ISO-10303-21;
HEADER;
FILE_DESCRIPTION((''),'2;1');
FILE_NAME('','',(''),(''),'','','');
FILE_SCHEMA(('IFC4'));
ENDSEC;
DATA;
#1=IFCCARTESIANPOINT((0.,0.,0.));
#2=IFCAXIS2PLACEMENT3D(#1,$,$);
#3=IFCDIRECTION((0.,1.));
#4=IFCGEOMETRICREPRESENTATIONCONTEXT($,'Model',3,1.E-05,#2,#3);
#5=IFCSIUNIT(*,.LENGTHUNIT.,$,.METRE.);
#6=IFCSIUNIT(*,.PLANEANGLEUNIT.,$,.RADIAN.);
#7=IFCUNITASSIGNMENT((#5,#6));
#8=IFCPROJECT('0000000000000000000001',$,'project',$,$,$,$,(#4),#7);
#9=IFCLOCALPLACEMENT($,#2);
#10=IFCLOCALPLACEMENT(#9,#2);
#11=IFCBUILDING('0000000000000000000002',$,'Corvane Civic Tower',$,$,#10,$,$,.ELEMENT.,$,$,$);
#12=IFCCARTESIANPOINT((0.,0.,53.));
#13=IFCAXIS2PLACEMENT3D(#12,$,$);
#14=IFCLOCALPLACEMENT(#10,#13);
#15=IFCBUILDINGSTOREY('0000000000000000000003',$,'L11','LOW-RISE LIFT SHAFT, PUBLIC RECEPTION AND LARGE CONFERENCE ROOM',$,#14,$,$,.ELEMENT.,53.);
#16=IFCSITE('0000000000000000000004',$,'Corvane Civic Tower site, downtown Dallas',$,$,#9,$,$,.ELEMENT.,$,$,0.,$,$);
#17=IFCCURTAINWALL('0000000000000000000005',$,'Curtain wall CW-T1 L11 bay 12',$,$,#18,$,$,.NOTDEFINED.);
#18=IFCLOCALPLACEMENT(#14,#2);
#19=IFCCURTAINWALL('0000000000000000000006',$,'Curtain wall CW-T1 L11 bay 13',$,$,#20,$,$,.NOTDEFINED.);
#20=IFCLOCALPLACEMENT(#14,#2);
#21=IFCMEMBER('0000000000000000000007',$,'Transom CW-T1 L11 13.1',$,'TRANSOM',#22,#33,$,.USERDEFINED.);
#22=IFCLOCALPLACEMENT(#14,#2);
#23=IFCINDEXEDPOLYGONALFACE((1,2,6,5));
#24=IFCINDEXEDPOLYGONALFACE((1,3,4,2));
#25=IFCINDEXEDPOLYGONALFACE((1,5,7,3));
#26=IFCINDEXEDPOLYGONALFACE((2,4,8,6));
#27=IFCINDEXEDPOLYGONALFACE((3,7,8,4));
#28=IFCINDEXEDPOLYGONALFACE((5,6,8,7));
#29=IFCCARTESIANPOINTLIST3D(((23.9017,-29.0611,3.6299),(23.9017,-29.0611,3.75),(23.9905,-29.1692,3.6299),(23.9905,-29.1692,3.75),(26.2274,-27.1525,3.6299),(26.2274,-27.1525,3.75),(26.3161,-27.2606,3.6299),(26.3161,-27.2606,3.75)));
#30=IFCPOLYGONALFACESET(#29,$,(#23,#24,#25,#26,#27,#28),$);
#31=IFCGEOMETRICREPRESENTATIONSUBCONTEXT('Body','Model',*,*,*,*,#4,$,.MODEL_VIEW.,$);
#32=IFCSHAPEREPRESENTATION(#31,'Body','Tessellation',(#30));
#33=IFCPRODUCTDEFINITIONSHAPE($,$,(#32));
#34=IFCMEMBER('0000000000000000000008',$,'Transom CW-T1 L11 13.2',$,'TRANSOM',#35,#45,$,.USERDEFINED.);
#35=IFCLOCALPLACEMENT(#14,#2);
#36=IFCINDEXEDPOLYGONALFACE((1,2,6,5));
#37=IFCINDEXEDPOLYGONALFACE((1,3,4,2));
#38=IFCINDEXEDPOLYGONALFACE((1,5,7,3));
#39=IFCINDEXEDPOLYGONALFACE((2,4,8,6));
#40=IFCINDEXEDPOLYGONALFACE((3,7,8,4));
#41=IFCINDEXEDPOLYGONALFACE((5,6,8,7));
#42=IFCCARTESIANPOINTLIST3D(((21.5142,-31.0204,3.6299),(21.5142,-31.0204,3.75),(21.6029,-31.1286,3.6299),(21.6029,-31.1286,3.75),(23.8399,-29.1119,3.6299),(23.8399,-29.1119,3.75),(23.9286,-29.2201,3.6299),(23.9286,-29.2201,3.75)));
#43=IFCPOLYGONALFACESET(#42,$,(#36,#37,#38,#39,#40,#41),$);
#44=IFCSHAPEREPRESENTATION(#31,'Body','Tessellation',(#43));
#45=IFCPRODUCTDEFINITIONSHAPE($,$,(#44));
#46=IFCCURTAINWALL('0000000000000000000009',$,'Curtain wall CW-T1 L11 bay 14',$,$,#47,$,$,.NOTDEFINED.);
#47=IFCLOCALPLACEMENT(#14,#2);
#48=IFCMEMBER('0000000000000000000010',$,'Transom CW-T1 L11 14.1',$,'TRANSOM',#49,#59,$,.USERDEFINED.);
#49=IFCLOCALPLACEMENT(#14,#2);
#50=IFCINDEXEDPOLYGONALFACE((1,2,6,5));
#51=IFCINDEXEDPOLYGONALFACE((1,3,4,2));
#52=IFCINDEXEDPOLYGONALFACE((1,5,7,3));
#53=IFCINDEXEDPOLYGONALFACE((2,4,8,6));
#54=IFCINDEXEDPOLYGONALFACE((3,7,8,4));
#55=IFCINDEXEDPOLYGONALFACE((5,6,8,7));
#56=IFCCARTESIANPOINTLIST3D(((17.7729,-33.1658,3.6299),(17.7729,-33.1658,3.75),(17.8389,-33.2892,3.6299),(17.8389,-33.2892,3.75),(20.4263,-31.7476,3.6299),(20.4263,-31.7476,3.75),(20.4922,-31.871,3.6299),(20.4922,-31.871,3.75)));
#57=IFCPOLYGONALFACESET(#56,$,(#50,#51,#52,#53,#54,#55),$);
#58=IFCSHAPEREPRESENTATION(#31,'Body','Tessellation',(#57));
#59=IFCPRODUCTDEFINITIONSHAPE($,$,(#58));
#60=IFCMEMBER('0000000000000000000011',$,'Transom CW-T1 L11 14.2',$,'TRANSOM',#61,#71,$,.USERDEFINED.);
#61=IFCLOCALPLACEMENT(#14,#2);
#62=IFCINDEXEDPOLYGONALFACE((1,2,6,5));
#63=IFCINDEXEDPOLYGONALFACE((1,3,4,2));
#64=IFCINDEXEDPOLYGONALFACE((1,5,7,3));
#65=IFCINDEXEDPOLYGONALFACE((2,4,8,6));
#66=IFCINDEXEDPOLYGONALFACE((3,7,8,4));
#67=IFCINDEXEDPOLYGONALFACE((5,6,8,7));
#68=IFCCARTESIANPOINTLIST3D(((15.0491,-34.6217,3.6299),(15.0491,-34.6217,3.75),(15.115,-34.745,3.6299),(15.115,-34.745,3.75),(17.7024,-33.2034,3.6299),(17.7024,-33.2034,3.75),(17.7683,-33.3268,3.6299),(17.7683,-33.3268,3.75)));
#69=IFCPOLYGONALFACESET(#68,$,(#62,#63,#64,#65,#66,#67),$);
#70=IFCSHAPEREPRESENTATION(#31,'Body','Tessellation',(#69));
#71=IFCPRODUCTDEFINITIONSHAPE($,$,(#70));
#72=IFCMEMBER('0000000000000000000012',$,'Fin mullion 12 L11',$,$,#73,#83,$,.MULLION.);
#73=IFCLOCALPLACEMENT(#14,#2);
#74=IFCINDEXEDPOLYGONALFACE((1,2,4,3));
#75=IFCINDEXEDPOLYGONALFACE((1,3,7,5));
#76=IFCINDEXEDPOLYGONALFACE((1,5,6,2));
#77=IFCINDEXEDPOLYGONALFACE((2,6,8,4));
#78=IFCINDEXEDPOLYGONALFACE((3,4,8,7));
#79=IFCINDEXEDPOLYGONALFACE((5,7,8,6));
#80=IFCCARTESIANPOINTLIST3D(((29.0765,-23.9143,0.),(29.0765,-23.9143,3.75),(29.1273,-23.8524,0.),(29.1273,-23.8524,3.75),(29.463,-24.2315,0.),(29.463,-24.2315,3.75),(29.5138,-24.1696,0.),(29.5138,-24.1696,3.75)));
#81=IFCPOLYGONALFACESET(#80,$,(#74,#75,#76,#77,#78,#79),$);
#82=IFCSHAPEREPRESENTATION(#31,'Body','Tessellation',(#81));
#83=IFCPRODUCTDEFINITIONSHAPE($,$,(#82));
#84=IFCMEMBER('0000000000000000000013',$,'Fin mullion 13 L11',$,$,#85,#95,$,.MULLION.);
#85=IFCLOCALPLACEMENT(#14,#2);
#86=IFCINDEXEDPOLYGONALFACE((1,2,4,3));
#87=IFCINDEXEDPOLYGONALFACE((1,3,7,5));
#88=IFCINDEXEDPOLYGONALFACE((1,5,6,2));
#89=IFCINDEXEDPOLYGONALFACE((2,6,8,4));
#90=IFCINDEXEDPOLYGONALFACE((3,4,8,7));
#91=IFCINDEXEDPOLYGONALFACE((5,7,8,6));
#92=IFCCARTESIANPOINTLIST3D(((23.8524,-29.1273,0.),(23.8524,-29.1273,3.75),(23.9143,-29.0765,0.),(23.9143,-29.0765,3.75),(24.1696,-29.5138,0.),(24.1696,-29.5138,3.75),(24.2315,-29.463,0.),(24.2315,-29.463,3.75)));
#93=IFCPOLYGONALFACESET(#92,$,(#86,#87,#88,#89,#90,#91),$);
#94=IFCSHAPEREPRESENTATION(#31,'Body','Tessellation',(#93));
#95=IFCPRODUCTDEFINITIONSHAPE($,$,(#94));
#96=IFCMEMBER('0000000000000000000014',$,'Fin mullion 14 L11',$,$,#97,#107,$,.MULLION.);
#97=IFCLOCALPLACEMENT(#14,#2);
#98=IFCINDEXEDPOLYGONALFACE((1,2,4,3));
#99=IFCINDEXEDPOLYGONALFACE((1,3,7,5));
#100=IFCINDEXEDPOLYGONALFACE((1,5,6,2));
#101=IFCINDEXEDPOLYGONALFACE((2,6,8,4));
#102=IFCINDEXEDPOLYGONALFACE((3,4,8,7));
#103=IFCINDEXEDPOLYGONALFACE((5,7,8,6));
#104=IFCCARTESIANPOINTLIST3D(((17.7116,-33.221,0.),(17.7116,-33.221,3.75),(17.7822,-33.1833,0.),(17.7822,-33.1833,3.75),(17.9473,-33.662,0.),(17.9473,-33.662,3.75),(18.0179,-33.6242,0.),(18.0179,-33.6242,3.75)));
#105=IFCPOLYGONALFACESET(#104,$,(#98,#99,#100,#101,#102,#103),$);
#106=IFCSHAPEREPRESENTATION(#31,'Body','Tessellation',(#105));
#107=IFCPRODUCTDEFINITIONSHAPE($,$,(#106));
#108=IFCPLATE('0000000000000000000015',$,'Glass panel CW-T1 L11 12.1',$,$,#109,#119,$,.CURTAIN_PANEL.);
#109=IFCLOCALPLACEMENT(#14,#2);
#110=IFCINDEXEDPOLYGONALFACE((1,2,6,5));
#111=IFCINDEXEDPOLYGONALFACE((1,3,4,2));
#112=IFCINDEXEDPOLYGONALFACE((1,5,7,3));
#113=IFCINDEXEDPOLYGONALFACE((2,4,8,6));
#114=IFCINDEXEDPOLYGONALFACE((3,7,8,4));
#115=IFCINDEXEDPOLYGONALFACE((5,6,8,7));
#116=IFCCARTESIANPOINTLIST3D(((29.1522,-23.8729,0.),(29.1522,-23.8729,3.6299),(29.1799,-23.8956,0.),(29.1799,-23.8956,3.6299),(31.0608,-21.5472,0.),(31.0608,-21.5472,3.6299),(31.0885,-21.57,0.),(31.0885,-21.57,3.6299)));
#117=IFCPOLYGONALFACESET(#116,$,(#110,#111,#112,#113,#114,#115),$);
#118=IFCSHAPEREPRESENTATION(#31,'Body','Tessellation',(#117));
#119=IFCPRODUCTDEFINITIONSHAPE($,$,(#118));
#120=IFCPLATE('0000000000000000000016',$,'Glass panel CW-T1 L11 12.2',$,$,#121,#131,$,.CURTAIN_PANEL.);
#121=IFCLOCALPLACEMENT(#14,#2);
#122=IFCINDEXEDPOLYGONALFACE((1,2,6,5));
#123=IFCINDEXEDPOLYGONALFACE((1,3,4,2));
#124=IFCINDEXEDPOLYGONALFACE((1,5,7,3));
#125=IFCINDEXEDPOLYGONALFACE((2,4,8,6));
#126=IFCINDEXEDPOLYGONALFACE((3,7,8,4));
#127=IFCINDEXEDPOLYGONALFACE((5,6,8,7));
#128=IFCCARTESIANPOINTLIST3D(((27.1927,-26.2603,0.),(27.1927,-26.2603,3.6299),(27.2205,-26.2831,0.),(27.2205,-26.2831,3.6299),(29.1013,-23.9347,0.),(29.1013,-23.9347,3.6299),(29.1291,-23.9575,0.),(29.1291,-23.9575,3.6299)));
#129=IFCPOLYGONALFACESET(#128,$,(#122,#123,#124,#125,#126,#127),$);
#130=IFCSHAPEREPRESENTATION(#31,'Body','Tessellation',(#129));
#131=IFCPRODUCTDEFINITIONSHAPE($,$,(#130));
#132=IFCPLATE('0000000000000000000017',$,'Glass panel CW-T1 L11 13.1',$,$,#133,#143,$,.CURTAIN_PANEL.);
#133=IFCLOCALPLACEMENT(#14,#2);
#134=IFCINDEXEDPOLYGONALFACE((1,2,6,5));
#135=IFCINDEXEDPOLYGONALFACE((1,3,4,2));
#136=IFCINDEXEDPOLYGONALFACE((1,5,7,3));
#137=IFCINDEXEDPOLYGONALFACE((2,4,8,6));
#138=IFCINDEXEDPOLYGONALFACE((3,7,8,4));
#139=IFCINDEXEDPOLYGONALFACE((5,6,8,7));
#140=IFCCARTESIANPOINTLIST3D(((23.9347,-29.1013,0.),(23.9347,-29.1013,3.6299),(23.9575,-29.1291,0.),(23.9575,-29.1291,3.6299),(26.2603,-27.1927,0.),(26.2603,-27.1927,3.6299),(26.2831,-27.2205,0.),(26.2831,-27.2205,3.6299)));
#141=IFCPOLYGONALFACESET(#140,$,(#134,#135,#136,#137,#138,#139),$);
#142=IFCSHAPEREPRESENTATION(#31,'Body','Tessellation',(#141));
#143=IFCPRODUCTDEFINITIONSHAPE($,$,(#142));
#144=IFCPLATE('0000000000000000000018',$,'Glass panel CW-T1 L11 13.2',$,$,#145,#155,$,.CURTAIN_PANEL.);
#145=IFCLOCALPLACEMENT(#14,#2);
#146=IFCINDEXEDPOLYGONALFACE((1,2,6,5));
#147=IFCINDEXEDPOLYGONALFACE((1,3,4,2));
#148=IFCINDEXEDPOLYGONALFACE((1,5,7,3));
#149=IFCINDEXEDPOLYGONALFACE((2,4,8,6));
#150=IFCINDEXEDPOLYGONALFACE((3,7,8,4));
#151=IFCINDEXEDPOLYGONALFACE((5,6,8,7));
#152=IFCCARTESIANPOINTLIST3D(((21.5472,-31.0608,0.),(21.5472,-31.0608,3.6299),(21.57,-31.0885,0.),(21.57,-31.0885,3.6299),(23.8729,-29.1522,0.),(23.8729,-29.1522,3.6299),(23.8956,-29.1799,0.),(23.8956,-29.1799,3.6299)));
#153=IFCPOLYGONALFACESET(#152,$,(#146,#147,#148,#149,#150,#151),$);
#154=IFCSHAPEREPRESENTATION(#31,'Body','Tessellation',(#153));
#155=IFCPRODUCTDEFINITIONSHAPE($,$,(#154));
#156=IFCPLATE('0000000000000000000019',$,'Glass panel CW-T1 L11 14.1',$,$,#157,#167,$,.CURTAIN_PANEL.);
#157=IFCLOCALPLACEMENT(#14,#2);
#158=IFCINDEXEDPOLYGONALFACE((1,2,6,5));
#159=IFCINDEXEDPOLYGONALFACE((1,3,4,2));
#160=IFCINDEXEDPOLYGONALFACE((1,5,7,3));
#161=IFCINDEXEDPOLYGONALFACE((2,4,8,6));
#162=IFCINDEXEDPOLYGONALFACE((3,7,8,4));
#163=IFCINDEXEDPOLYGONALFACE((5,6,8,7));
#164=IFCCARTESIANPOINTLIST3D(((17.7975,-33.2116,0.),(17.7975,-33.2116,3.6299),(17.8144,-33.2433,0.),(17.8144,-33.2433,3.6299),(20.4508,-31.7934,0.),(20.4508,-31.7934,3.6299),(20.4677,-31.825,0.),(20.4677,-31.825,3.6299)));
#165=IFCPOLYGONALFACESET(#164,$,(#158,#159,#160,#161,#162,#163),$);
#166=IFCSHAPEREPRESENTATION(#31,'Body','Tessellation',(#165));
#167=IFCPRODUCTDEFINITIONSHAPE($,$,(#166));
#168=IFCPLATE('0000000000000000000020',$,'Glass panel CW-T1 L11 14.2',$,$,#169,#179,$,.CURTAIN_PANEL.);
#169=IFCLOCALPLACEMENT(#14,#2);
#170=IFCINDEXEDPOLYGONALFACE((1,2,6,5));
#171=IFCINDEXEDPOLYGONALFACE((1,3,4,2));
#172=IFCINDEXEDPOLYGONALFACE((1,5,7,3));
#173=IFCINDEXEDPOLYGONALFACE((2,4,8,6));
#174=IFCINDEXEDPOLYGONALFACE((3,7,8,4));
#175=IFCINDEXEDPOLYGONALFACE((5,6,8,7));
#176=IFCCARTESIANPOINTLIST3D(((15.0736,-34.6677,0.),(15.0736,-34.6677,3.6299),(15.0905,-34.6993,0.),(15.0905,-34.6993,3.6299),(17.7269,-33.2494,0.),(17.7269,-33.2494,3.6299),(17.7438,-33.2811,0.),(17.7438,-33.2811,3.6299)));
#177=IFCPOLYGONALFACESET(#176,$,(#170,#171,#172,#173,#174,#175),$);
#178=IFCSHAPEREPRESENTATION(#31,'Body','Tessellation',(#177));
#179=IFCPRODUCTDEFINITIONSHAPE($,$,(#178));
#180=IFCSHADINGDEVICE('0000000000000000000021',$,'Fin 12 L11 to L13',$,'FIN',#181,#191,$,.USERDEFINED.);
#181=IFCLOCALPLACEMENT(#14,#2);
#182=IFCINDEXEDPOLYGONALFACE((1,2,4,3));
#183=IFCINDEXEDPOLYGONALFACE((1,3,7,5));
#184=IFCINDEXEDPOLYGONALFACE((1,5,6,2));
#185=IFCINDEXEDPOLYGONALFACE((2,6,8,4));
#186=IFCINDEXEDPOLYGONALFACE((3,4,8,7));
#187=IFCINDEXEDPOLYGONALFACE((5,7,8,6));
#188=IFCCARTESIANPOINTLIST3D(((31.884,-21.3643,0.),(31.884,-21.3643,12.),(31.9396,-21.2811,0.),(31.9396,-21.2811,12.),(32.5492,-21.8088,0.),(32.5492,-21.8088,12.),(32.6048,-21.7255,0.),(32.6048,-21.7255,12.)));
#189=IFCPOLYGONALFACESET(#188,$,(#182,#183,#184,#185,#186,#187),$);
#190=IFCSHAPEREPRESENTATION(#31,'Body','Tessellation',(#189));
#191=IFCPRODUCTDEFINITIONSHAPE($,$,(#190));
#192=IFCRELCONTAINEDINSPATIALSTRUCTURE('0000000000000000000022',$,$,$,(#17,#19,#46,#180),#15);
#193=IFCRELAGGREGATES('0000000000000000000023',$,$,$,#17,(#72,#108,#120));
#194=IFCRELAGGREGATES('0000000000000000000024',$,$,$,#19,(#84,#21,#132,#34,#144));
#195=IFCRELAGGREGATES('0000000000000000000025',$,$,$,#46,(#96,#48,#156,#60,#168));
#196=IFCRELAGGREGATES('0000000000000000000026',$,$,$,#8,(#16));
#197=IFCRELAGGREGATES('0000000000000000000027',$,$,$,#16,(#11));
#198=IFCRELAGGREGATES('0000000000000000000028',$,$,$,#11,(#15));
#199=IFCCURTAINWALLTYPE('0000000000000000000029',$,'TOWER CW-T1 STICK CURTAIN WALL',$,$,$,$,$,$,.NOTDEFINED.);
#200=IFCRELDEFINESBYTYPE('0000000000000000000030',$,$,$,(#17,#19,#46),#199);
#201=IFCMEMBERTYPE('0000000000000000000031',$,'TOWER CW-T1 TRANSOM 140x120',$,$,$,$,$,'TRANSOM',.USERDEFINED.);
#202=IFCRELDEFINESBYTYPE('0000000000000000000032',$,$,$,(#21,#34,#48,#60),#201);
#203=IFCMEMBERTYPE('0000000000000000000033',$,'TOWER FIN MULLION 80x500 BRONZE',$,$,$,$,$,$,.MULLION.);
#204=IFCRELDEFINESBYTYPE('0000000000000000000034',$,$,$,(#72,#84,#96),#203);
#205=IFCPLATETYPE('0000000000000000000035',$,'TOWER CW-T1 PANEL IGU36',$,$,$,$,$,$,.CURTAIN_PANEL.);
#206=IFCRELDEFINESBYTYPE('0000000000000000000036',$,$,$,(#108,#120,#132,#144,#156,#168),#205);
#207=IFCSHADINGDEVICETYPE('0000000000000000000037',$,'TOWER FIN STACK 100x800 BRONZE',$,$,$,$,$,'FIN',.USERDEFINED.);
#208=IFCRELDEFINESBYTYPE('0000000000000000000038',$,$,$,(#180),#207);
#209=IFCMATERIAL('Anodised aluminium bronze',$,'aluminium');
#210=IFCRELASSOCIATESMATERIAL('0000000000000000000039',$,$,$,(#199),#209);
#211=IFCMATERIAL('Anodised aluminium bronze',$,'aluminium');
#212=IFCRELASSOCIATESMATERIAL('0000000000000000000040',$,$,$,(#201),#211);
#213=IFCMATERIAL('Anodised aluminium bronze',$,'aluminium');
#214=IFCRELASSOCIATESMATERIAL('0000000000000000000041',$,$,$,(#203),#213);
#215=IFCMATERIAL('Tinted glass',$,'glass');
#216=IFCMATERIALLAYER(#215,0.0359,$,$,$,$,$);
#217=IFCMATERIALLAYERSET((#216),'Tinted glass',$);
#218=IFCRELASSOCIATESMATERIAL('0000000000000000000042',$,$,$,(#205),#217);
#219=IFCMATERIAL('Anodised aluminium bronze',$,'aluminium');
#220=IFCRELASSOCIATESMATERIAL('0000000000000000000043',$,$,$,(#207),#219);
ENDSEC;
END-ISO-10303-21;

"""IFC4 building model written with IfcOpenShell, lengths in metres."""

from ifc_helpers import new_model, si_unit, direction, frame, origin, origin_2d, place, context, subcontext, project, spatial, rectangle, extrude, material, layer, layer_set, material_profile, profile_set, type_object, element, aggregate, save


model = new_model("IFC4")

# Units and contexts
model_context = context("Model", 3, precision=1e-05, world=origin(), true_north=direction((0.0, 1.0)))
body_context = subcontext(model_context, "Body", "Model", "MODEL_VIEW")
ifc_project = project(units=[si_unit("LENGTHUNIT", "METRE"), si_unit("PLANEANGLEUNIT", "RADIAN")], contexts=[model_context])

# Site, building, storey
site_placement = place(None, origin())
site = spatial("IfcSite", under=ifc_project, at=site_placement, Name="Corvane Civic Tower site, downtown Dallas", CompositionType="ELEMENT", RefElevation=0.0)
building_placement = place(site_placement, origin())
building = spatial("IfcBuilding", under=site, at=building_placement, Name="Corvane Civic Tower", CompositionType="ELEMENT")
storey_placement = place(building_placement, frame((0.0, 0.0, 53.0)))
storey = spatial("IfcBuildingStorey", under=building, at=storey_placement, Name="L11", Description="LOW-RISE LIFT SHAFT, PUBLIC RECEPTION AND LARGE CONFERENCE ROOM", CompositionType="ELEMENT", Elevation=53.0)

# Curtain walls, members
ifc_material_1 = material(Name="Anodised aluminium bronze", Category="aluminium")
curtain_wall_type = type_object("IfcCurtainWallType", Name="TOWER CW-T1 STICK CURTAIN WALL", PredefinedType="NOTDEFINED", material=ifc_material_1)
curtain_wall_1_placement = place(storey_placement, origin())
curtain_wall_1 = element("IfcCurtainWall", 1, at=curtain_wall_1_placement, inside=storey, type_object=curtain_wall_type, Name="Curtain wall CW-T1 L11 bay 12", PredefinedType="NOTDEFINED")
ifc_material_2 = material(Name="Anodised aluminium bronze", Category="aluminium")
ifc_material_profile_1 = material_profile(ifc_material_2, rectangle(XDim=0.1399, YDim=0.1201, at=origin_2d()), Name="TOWER CW-T1 TRANSOM 140x120")
ifc_profile_set_1 = profile_set([ifc_material_profile_1], Name="Anodised aluminium bronze")
member_type_1 = type_object("IfcMemberType", Name="TOWER CW-T1 TRANSOM 140x120", ElementType="TRANSOM", PredefinedType="USERDEFINED", material=ifc_profile_set_1)
curtain_wall_2_placement = place(storey_placement, origin())
curtain_wall_2 = element("IfcCurtainWall", 2, at=curtain_wall_2_placement, inside=storey, type_object=curtain_wall_type, Name="Curtain wall CW-T1 L11 bay 13", PredefinedType="NOTDEFINED")
member_1_placement = place(storey_placement, frame((26.2717, -27.2065, 3.6899), z_axis=(-0.773002, -0.634404, 0.0), x_axis=(0.634404, -0.773002, 0.0)))
member_1 = element("IfcMember", 3, at=member_1_placement, type_object=member_type_1, Name="Transom CW-T1 L11 13.1", ObjectType="TRANSOM", PredefinedType="USERDEFINED", context=body_context, shape_type="SweptSolid", body=[
    extrude(rectangle(XDim=0.1399, YDim=0.1201, at=origin_2d()), origin(), (0.0, 0.0, 1.0), 3.0085),
])
member_2_placement = place(storey_placement, frame((23.8843, -29.166, 3.6899), z_axis=(-0.773042, -0.634355, 0.0), x_axis=(0.634355, -0.773042, 0.0)))
member_2 = element("IfcMember", 4, at=member_2_placement, type_object=member_type_1, Name="Transom CW-T1 L11 13.2", ObjectType="TRANSOM", PredefinedType="USERDEFINED", context=body_context, shape_type="SweptSolid", body=[
    extrude(rectangle(XDim=0.1399, YDim=0.1201, at=origin_2d()), origin(), (0.0, 0.0, 1.0), 3.0085),
])
curtain_wall_3_placement = place(storey_placement, origin())
curtain_wall_3 = element("IfcCurtainWall", 5, at=curtain_wall_3_placement, inside=storey, type_object=curtain_wall_type, Name="Curtain wall CW-T1 L11 bay 14", PredefinedType="NOTDEFINED")
member_3_placement = place(storey_placement, frame((20.4592, -31.8093, 3.6899), z_axis=(-0.881924, -0.471393, 0.0), x_axis=(0.471393, -0.881924, 0.0)))
member_3 = element("IfcMember", 6, at=member_3_placement, type_object=member_type_1, Name="Transom CW-T1 L11 14.1", ObjectType="TRANSOM", PredefinedType="USERDEFINED", context=body_context, shape_type="SweptSolid", body=[
    extrude(rectangle(XDim=0.1399, YDim=0.1201, at=origin_2d()), origin(), (0.0, 0.0, 1.0), 3.0085),
])
member_4_placement = place(storey_placement, frame((17.7354, -33.2651, 3.6899), z_axis=(-0.881924, -0.471393, 0.0), x_axis=(0.471393, -0.881924, 0.0)))
member_4 = element("IfcMember", 7, at=member_4_placement, type_object=member_type_1, Name="Transom CW-T1 L11 14.2", ObjectType="TRANSOM", PredefinedType="USERDEFINED", context=body_context, shape_type="SweptSolid", body=[
    extrude(rectangle(XDim=0.1399, YDim=0.1201, at=origin_2d()), origin(), (0.0, 0.0, 1.0), 3.0085),
])

# Members
ifc_material_3 = material(Name="Anodised aluminium bronze", Category="aluminium")
ifc_material_profile_2 = material_profile(ifc_material_3, rectangle(XDim=0.0801, YDim=0.5, at=origin_2d()), Name="TOWER FIN MULLION 80x500 BRONZE")
ifc_profile_set_2 = profile_set([ifc_material_profile_2], Name="Anodised aluminium bronze")
member_type_2 = type_object("IfcMemberType", Name="TOWER FIN MULLION 80x500 BRONZE", PredefinedType="MULLION", material=ifc_profile_set_2)
member_5_placement = place(storey_placement, frame((29.2952, -24.042, 0.0), z_axis=(0.0, 0.0, 1.0), x_axis=(-0.634397, -0.773007, 0.0)))
member_5 = element("IfcMember", 8, at=member_5_placement, type_object=member_type_2, Name="Fin mullion 12 L11", PredefinedType="MULLION", context=body_context, shape_type="SweptSolid", body=[
    extrude(rectangle(XDim=0.0801, YDim=0.5, at=origin_2d()), origin(), (0.0, 0.0, 1.0), 3.75),
])
member_6_placement = place(storey_placement, frame((24.042, -29.2952, 0.0), z_axis=(0.0, 0.0, 1.0), x_axis=(-0.773007, -0.634397, 0.0)))
member_6 = element("IfcMember", 9, at=member_6_placement, type_object=member_type_2, Name="Fin mullion 13 L11", PredefinedType="MULLION", context=body_context, shape_type="SweptSolid", body=[
    extrude(rectangle(XDim=0.0801, YDim=0.5, at=origin_2d()), origin(), (0.0, 0.0, 1.0), 3.75),
])
member_7_placement = place(storey_placement, frame((17.8647, -33.4226, 0.0), z_axis=(0.0, 0.0, 1.0), x_axis=(-0.881918, -0.471404, 0.0)))
member_7 = element("IfcMember", 10, at=member_7_placement, type_object=member_type_2, Name="Fin mullion 14 L11", PredefinedType="MULLION", context=body_context, shape_type="SweptSolid", body=[
    extrude(rectangle(XDim=0.0801, YDim=0.5, at=origin_2d()), origin(), (0.0, 0.0, 1.0), 3.75),
])

# Plates
ifc_material_4 = material(Name="Tinted glass", Category="glass")
ifc_layer = layer(ifc_material_4, 0.0359)
ifc_layer_set = layer_set([ifc_layer], Name="Tinted glass")
plate_type = type_object("IfcPlateType", Name="TOWER CW-T1 PANEL IGU36", PredefinedType="CURTAIN_PANEL", material=ifc_layer_set)
plate_1_placement = place(storey_placement, frame((30.1204, -22.7214, 0.0), z_axis=(0.0, 0.0, 1.0), x_axis=(-0.634397, -0.773007, 0.0)))
plate_1 = element("IfcPlate", 11, at=plate_1_placement, type_object=plate_type, Name="Glass panel CW-T1 L11 12.1", PredefinedType="CURTAIN_PANEL", context=body_context, shape_type="SweptSolid", body=[
    extrude(rectangle(XDim=3.0085, YDim=0.0359, at=origin_2d()), origin(), (0.0, 0.0, 1.0), 3.6299),
])
plate_2_placement = place(storey_placement, frame((28.1609, -25.1089, 0.0), z_axis=(0.0, 0.0, 1.0), x_axis=(-0.634397, -0.773007, 0.0)))
plate_2 = element("IfcPlate", 12, at=plate_2_placement, type_object=plate_type, Name="Glass panel CW-T1 L11 12.2", PredefinedType="CURTAIN_PANEL", context=body_context, shape_type="SweptSolid", body=[
    extrude(rectangle(XDim=3.0085, YDim=0.0359, at=origin_2d()), origin(), (0.0, 0.0, 1.0), 3.6299),
])
aggregate(curtain_wall_1, [member_5, plate_1, plate_2])
plate_3_placement = place(storey_placement, frame((25.1089, -28.1609, 0.0), z_axis=(0.0, 0.0, 1.0), x_axis=(-0.773007, -0.634397, 0.0)))
plate_3 = element("IfcPlate", 13, at=plate_3_placement, type_object=plate_type, Name="Glass panel CW-T1 L11 13.1", PredefinedType="CURTAIN_PANEL", context=body_context, shape_type="SweptSolid", body=[
    extrude(rectangle(XDim=3.0085, YDim=0.0359, at=origin_2d()), origin(), (0.0, 0.0, 1.0), 3.6299),
])
plate_4_placement = place(storey_placement, frame((22.7214, -30.1204, 0.0), z_axis=(0.0, 0.0, 1.0), x_axis=(-0.773007, -0.634397, 0.0)))
plate_4 = element("IfcPlate", 14, at=plate_4_placement, type_object=plate_type, Name="Glass panel CW-T1 L11 13.2", PredefinedType="CURTAIN_PANEL", context=body_context, shape_type="SweptSolid", body=[
    extrude(rectangle(XDim=3.0085, YDim=0.0359, at=origin_2d()), origin(), (0.0, 0.0, 1.0), 3.6299),
])
aggregate(curtain_wall_2, [member_6, member_1, plate_3, member_2, plate_4])
plate_5_placement = place(storey_placement, frame((19.1326, -32.5183, 0.0), z_axis=(0.0, 0.0, 1.0), x_axis=(-0.881918, -0.471404, 0.0)))
plate_5 = element("IfcPlate", 15, at=plate_5_placement, type_object=plate_type, Name="Glass panel CW-T1 L11 14.1", PredefinedType="CURTAIN_PANEL", context=body_context, shape_type="SweptSolid", body=[
    extrude(rectangle(XDim=3.0085, YDim=0.0359, at=origin_2d()), origin(), (0.0, 0.0, 1.0), 3.6299),
])
plate_6_placement = place(storey_placement, frame((16.4087, -33.9744, 0.0), z_axis=(0.0, 0.0, 1.0), x_axis=(-0.881918, -0.471404, 0.0)))
plate_6 = element("IfcPlate", 16, at=plate_6_placement, type_object=plate_type, Name="Glass panel CW-T1 L11 14.2", PredefinedType="CURTAIN_PANEL", context=body_context, shape_type="SweptSolid", body=[
    extrude(rectangle(XDim=3.0085, YDim=0.0359, at=origin_2d()), origin(), (0.0, 0.0, 1.0), 3.6299),
])
aggregate(curtain_wall_3, [member_7, member_3, plate_5, member_4, plate_6])

# Shading device
ifc_material_5 = material(Name="Anodised aluminium bronze", Category="aluminium")
ifc_material_profile_3 = material_profile(ifc_material_5, rectangle(XDim=0.1001, YDim=0.8, at=origin_2d()), Name="TOWER FIN STACK 100x800 BRONZE")
ifc_profile_set_3 = profile_set([ifc_material_profile_3], Name="Anodised aluminium bronze")
shading_device_type = type_object("IfcShadingDeviceType", Name="TOWER FIN STACK 100x800 BRONZE", ElementType="FIN", PredefinedType="USERDEFINED", material=ifc_profile_set_3)
for number, where, z_axis, x_axis, name in (
    (17, (32.2444, -21.5449, 0.0), (0.0, 0.0, 1.0), (-0.55557, -0.83147, 0.0), "Fin 12 L11 to L13"),
):
    element("IfcShadingDevice", number, at=place(storey_placement, frame(where, z_axis=z_axis, x_axis=x_axis)), inside=storey, type_object=shading_device_type, Name=name, ObjectType="FIN", PredefinedType="USERDEFINED", context=body_context, shape_type="SweptSolid", body=[
        extrude(rectangle(XDim=0.1001, YDim=0.8, at=origin_2d()), origin(), (0.0, 0.0, 1.0), 12.0),
    ])

save(model, "model.ifc")
